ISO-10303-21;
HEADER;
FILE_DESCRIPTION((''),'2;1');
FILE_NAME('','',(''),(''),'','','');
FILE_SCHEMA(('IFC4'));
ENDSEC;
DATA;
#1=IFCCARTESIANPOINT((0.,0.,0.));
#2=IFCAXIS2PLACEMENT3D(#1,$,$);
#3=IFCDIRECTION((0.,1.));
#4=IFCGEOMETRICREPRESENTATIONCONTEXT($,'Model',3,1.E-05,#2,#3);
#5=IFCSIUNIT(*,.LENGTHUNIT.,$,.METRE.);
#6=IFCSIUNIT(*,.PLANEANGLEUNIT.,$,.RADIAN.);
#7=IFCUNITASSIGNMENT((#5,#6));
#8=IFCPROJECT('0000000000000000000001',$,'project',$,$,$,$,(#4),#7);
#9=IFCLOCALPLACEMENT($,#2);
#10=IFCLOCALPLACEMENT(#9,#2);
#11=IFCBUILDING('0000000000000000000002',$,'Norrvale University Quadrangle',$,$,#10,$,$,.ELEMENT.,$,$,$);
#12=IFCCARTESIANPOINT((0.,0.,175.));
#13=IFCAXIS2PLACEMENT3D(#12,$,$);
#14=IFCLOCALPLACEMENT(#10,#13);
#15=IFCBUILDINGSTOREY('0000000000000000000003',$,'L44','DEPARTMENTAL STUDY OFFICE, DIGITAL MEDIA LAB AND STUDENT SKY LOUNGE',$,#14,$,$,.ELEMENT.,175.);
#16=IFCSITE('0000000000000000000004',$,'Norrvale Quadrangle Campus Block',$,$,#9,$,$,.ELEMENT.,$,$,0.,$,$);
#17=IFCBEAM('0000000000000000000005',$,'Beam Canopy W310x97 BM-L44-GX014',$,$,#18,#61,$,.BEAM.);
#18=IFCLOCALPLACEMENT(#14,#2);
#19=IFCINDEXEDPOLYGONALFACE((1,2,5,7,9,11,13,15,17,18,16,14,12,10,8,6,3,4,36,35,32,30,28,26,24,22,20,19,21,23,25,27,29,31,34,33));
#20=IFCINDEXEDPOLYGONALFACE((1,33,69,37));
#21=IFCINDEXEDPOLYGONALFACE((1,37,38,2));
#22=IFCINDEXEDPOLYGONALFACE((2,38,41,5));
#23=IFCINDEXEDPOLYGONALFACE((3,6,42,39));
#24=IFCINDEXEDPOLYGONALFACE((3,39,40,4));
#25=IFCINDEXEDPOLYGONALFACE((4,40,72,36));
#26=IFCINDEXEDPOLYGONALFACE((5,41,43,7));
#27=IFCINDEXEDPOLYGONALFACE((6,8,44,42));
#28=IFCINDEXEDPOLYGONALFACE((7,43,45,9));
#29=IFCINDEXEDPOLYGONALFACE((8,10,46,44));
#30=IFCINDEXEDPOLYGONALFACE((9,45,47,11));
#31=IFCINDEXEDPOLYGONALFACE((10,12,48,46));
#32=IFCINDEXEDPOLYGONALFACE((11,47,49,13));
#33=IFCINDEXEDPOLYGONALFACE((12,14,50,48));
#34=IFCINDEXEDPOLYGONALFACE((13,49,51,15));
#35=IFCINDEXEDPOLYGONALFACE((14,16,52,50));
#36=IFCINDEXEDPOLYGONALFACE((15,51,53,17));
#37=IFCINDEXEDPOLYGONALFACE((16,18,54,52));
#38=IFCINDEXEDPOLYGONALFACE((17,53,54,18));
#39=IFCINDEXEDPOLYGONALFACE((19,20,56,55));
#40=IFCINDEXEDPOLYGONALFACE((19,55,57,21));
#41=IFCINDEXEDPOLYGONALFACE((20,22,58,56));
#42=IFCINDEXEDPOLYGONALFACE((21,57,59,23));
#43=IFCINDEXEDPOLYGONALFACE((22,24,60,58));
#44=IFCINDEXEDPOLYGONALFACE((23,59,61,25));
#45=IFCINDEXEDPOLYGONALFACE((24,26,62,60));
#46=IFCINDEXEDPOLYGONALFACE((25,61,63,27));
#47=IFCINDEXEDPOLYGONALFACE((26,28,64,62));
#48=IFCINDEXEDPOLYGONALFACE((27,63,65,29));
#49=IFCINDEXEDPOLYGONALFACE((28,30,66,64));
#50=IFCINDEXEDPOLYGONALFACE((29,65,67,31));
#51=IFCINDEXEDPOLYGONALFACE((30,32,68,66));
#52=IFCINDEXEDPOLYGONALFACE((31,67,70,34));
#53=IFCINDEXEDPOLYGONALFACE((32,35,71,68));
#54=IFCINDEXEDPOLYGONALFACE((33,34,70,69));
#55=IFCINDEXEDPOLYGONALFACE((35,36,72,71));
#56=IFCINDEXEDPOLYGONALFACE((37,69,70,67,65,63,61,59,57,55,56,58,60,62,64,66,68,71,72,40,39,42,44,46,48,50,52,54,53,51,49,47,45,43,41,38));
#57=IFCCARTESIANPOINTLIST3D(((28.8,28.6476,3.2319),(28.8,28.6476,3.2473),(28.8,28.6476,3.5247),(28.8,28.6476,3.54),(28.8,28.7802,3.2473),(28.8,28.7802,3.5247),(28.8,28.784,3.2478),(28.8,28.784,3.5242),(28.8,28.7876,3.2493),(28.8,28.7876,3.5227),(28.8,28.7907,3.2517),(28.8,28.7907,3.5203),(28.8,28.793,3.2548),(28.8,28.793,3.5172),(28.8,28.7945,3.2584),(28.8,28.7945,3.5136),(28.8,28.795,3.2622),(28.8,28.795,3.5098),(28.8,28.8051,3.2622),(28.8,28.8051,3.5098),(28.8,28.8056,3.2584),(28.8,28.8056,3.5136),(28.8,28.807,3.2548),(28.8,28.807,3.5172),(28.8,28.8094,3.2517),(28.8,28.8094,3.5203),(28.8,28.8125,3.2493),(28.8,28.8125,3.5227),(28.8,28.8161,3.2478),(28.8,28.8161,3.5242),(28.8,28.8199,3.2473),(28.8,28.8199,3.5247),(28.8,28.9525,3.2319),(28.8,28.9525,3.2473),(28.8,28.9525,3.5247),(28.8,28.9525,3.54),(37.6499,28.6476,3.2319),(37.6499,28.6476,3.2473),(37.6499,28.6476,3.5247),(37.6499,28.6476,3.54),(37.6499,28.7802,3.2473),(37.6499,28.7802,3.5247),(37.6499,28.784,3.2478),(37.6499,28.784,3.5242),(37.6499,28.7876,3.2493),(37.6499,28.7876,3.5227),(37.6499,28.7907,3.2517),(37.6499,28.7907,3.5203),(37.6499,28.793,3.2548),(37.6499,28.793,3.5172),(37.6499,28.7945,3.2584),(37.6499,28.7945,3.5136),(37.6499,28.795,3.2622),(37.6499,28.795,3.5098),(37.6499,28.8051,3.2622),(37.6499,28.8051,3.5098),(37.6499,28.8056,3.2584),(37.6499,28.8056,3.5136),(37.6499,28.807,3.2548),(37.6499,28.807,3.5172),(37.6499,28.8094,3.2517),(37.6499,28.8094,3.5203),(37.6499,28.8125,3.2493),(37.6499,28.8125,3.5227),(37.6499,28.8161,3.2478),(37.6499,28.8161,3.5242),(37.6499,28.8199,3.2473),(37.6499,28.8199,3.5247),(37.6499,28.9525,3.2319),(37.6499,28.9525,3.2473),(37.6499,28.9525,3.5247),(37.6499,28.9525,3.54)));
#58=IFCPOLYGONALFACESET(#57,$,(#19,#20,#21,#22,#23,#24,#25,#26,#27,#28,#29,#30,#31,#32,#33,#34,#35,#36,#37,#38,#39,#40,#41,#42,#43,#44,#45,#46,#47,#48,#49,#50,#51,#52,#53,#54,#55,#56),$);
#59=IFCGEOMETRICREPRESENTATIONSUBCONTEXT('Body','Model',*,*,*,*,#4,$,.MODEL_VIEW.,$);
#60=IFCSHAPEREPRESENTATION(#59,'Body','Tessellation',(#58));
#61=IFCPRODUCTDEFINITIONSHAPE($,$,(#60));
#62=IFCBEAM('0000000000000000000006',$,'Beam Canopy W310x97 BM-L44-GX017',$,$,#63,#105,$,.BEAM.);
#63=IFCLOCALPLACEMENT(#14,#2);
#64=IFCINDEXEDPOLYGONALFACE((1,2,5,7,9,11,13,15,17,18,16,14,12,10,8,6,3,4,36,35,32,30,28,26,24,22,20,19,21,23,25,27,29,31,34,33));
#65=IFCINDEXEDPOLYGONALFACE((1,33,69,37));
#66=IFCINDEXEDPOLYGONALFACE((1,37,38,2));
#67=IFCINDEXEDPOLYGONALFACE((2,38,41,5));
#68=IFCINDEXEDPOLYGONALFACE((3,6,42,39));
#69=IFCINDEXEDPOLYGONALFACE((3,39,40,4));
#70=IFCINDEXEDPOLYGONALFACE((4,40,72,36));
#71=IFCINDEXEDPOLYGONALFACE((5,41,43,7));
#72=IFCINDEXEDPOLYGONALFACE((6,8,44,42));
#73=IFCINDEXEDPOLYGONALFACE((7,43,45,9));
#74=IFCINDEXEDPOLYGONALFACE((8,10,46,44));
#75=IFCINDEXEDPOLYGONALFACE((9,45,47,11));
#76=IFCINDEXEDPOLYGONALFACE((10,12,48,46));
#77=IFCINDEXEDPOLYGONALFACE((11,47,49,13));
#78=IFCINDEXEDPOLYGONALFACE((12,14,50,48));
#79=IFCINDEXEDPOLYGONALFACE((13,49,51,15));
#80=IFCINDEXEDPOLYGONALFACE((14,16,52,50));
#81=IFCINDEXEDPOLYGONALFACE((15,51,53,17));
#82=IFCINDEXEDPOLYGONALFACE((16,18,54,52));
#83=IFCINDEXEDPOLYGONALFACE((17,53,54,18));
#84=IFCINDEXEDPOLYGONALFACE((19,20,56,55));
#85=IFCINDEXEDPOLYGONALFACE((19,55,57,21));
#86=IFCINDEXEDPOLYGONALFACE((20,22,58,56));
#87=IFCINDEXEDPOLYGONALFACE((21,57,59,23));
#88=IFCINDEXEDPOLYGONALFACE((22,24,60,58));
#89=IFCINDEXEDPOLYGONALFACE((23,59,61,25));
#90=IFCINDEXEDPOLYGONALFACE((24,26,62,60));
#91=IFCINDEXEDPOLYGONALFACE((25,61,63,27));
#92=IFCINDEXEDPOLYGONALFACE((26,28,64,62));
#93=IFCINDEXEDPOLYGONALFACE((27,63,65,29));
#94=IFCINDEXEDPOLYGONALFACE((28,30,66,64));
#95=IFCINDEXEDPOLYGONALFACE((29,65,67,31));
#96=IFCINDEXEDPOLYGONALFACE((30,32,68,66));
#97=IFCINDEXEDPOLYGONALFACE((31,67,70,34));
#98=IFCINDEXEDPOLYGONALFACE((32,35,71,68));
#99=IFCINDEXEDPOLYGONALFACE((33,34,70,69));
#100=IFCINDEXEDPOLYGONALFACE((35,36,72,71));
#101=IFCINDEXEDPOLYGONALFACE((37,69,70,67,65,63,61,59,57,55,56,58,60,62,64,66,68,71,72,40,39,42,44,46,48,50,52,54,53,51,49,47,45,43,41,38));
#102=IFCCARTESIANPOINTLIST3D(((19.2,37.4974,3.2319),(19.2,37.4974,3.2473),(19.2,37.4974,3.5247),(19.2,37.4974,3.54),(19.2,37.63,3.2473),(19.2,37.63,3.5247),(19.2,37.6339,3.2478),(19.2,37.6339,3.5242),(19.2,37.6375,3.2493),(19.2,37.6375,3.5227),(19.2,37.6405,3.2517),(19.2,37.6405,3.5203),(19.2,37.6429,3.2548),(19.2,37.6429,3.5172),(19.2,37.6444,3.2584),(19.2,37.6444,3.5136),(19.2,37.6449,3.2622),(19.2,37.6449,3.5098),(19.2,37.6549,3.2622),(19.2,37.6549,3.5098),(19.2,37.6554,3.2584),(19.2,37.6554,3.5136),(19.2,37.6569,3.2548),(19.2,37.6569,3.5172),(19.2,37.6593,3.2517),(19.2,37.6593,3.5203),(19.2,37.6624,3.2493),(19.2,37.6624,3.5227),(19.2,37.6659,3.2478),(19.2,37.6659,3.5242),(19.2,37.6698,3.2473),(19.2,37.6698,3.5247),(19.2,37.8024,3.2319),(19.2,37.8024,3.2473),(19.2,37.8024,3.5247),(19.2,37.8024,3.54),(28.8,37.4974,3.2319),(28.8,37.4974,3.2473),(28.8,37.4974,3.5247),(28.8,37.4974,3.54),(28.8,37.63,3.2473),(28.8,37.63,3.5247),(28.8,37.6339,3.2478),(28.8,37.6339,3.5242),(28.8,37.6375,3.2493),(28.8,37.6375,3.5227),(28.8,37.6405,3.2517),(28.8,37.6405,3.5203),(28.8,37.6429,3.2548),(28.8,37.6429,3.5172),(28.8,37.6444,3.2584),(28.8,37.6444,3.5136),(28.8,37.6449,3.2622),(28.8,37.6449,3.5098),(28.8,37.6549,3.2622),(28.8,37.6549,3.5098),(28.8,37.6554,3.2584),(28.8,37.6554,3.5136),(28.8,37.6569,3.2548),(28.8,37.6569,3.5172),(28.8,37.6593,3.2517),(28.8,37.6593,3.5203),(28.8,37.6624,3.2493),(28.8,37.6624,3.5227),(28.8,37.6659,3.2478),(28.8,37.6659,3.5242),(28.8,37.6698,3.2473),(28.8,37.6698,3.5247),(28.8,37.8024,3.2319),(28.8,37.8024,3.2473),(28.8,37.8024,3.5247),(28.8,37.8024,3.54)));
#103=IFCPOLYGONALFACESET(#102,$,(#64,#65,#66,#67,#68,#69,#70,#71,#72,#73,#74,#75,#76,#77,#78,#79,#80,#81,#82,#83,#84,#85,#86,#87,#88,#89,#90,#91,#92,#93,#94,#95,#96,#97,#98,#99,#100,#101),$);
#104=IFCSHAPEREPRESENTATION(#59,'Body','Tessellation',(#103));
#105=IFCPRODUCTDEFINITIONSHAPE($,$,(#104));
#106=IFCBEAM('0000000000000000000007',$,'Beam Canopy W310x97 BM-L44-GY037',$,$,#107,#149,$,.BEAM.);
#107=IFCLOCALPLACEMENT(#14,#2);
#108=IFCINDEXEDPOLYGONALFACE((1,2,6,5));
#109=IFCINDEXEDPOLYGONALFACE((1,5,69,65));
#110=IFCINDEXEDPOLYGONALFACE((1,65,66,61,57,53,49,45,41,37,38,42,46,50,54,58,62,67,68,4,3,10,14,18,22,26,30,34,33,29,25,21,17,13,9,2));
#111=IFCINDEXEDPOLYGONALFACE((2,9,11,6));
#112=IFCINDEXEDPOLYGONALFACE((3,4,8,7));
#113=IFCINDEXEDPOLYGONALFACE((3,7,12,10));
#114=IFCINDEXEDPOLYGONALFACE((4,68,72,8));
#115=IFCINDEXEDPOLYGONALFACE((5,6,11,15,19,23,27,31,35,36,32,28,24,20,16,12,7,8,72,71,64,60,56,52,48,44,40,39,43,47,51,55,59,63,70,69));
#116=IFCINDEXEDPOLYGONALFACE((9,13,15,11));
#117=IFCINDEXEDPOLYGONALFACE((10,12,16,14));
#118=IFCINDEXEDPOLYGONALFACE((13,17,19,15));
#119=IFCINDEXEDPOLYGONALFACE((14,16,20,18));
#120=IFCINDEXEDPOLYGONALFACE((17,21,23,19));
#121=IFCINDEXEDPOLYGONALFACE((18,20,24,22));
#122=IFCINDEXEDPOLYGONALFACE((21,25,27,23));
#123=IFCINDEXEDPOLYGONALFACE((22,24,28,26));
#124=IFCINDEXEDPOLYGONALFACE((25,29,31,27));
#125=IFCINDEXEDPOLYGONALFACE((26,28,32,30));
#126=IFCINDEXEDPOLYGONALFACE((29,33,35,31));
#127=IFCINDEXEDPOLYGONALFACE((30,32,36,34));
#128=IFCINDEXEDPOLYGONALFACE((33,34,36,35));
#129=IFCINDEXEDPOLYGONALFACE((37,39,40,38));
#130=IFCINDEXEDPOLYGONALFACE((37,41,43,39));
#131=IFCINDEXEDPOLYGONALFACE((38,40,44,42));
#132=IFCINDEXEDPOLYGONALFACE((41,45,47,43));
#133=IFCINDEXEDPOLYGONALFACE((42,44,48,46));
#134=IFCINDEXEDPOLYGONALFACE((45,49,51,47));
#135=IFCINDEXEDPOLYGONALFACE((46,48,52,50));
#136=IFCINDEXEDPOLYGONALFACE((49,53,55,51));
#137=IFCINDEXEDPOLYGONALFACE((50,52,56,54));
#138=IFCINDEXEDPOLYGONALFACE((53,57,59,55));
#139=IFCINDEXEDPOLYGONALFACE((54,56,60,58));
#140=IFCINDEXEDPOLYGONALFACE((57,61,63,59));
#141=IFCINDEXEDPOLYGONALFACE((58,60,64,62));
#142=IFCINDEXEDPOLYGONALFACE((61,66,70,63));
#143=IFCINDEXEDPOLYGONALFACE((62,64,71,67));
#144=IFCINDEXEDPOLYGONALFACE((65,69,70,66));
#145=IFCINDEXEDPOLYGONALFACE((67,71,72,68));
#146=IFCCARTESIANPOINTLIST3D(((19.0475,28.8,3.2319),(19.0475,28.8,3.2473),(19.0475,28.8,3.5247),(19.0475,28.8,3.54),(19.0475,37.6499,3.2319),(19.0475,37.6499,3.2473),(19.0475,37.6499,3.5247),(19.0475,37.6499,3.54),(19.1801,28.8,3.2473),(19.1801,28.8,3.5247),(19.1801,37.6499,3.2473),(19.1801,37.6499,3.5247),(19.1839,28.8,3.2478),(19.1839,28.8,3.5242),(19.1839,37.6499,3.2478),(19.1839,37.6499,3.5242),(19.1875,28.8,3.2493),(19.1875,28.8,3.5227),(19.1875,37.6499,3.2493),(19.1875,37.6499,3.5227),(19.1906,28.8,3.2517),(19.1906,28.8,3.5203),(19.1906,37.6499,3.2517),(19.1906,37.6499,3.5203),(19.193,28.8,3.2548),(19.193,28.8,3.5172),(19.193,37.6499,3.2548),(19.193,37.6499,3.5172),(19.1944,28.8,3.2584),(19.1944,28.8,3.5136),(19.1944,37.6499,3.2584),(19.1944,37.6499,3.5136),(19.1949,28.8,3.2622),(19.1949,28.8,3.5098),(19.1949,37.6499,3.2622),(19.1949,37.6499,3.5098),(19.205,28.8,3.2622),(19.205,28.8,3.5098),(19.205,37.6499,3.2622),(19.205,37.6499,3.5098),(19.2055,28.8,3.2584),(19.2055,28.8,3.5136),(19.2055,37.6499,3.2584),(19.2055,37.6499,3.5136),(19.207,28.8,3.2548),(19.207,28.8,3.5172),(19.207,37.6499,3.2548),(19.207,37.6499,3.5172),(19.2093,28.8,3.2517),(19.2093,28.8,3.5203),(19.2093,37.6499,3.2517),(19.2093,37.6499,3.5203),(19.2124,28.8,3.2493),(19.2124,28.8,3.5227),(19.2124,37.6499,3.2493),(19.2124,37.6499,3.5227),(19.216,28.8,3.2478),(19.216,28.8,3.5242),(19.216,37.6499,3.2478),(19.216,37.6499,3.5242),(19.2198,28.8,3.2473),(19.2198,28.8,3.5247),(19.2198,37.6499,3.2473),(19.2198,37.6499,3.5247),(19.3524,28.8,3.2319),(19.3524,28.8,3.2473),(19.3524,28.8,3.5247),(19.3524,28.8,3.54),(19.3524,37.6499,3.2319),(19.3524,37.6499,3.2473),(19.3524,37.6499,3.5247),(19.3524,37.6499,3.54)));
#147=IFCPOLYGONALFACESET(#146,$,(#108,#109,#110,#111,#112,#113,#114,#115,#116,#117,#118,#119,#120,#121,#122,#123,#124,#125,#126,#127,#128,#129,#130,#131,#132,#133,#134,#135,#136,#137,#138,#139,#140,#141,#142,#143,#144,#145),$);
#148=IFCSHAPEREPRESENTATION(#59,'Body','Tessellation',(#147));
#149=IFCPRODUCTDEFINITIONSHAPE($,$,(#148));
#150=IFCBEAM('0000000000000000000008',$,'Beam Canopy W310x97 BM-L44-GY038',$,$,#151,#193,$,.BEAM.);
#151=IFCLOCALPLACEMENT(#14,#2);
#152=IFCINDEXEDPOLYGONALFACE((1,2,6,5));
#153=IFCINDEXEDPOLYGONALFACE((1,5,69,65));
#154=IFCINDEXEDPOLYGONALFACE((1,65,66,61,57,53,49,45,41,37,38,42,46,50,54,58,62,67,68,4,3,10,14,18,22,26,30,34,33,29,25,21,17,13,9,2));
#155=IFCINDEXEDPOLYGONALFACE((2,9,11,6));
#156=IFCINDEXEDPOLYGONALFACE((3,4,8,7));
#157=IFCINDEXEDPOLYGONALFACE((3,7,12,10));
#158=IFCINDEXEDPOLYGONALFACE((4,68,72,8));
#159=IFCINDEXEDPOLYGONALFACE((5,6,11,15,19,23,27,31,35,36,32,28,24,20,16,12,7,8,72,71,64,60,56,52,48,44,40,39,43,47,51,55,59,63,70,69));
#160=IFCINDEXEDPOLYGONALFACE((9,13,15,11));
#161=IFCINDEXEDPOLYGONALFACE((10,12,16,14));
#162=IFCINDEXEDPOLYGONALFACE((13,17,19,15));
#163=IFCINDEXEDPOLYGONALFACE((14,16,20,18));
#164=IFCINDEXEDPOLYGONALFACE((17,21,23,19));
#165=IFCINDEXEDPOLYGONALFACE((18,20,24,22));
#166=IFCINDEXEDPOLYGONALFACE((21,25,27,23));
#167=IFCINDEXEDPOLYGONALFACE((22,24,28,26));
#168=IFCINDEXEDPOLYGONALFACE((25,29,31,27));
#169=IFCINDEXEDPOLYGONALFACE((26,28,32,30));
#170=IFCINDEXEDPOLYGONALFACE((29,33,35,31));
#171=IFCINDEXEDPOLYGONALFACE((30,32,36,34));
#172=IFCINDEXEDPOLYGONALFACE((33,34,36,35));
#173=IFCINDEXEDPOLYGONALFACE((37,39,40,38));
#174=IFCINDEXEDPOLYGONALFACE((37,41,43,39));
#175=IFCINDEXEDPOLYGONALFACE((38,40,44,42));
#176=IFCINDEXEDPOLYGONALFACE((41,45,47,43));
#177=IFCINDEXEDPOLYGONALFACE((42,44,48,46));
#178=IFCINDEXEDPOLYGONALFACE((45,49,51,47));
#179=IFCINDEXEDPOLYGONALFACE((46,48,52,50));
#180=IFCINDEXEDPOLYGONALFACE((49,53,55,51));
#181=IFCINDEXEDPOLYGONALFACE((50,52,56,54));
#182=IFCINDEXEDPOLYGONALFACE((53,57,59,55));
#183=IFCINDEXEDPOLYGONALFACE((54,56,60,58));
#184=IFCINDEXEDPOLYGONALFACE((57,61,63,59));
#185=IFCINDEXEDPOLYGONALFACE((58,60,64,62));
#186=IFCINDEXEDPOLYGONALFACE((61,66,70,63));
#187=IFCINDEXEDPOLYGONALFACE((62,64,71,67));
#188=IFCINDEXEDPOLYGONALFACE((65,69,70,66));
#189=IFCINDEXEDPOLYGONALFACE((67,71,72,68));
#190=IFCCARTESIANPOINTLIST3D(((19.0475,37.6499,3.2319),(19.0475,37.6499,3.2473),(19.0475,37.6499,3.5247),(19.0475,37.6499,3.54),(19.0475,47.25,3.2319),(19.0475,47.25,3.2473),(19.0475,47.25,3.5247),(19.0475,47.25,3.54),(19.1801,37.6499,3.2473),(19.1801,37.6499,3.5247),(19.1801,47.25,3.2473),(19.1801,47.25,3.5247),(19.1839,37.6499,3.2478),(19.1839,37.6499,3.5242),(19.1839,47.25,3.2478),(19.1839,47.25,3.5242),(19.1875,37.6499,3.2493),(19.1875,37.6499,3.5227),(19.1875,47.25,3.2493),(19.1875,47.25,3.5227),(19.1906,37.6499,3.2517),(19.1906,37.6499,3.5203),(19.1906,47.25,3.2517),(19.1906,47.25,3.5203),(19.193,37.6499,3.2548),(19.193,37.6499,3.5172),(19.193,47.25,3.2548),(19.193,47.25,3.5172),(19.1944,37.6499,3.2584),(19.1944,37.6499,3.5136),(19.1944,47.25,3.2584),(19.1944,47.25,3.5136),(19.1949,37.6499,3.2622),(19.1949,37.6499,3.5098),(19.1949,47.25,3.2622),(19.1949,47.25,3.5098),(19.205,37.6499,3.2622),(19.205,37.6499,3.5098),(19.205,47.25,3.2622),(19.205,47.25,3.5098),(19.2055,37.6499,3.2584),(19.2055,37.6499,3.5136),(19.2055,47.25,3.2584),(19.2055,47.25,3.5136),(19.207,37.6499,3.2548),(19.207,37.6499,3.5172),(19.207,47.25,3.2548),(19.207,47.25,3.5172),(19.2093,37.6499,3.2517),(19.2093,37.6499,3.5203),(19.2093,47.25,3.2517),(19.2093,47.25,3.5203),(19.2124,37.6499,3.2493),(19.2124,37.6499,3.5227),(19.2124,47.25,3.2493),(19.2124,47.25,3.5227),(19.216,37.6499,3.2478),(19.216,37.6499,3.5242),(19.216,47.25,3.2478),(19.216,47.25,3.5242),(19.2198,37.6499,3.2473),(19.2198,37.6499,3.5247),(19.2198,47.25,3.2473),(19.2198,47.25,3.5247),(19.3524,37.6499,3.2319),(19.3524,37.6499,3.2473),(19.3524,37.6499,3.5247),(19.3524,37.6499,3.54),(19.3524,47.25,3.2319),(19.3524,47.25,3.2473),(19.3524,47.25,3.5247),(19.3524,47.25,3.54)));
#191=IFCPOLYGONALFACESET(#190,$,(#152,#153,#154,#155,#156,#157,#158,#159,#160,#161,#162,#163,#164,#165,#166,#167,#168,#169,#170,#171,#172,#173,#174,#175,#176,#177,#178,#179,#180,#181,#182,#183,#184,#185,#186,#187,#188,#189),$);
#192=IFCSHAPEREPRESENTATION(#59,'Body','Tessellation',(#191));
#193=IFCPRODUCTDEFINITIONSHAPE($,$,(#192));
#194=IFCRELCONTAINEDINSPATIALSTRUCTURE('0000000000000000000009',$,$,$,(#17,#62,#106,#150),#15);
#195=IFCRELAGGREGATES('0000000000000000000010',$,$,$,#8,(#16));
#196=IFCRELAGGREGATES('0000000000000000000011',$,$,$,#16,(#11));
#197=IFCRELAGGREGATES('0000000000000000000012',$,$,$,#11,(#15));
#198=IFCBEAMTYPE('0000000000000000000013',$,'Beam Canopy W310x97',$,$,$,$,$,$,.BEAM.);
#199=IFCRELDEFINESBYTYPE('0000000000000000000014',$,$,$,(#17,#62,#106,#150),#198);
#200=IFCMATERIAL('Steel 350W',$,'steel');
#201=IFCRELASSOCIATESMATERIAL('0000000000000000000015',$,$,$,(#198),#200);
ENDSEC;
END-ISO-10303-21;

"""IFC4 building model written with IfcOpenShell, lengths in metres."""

from ifc_helpers import new_model, si_unit, direction, frame, origin, origin_2d, place, context, subcontext, project, spatial, i_section, extrude, material, material_profile, profile_set, type_object, element, save


model = new_model("IFC4")

# Units and contexts
model_context = context("Model", 3, precision=1e-05, world=origin(), true_north=direction((0.0, 1.0)))
body_context = subcontext(model_context, "Body", "Model", "MODEL_VIEW")
ifc_project = project(units=[si_unit("LENGTHUNIT", "METRE"), si_unit("PLANEANGLEUNIT", "RADIAN")], contexts=[model_context])

# Site, building, storey
site_placement = place(None, origin())
site = spatial("IfcSite", under=ifc_project, at=site_placement, Name="Norrvale Quadrangle Campus Block", CompositionType="ELEMENT", RefElevation=0.0)
building_placement = place(site_placement, origin())
building = spatial("IfcBuilding", under=site, at=building_placement, Name="Norrvale University Quadrangle", CompositionType="ELEMENT")
storey_placement = place(building_placement, frame((0.0, 0.0, 175.0)))
storey = spatial("IfcBuildingStorey", under=building, at=storey_placement, Name="L44", Description="DEPARTMENTAL STUDY OFFICE, DIGITAL MEDIA LAB AND STUDENT SKY LOUNGE", CompositionType="ELEMENT", Elevation=175.0)

# Beams
ifc_material_1 = material(Name="Steel 350W", Category="steel")
ifc_material_profile_1 = material_profile(ifc_material_1, i_section(OverallWidth=0.3049, OverallDepth=0.3081, WebThickness=0.01, FlangeThickness=0.0154, FilletRadius=0.0149, at=origin_2d()), Name="Steel 350W")
ifc_profile_set_1 = profile_set([ifc_material_profile_1], Name="Steel 350W")
beam_type_1 = type_object("IfcBeamType", Name="Beam Canopy W310x97", PredefinedType="BEAM", material=ifc_profile_set_1)
beam_1_placement = place(storey_placement, frame((28.8, 28.8, 3.386), z_axis=(1.0, 0.0, 0.0), x_axis=(0.0, 1.0, 0.0)))
element("IfcBeam", 1, at=beam_1_placement, inside=storey, type_object=beam_type_1, Name="Beam Canopy W310x97 BM-L44-GX014", PredefinedType="BEAM", context=body_context, shape_type="SweptSolid", body=[
    extrude(i_section(OverallWidth=0.3049, OverallDepth=0.3081, WebThickness=0.01, FlangeThickness=0.0154, FilletRadius=0.0149, at=origin_2d()), origin(), (0.0, 0.0, 1.0), 8.8499),
])
beam_2_placement = place(storey_placement, frame((19.2, 37.6499, 3.386), z_axis=(1.0, 0.0, 0.0), x_axis=(0.0, 1.0, 0.0)))
element("IfcBeam", 2, at=beam_2_placement, inside=storey, type_object=beam_type_1, Name="Beam Canopy W310x97 BM-L44-GX017", PredefinedType="BEAM", context=body_context, shape_type="SweptSolid", body=[
    extrude(i_section(OverallWidth=0.3049, OverallDepth=0.3081, WebThickness=0.01, FlangeThickness=0.0154, FilletRadius=0.0149, at=origin_2d()), origin(), (0.0, 0.0, 1.0), 9.6001),
])
beam_3_placement = place(storey_placement, frame((19.2, 28.8, 3.386), z_axis=(0.0, 1.0, 0.0), x_axis=(-1.0, 0.0, 0.0)))
element("IfcBeam", 3, at=beam_3_placement, inside=storey, type_object=beam_type_1, Name="Beam Canopy W310x97 BM-L44-GY037", PredefinedType="BEAM", context=body_context, shape_type="SweptSolid", body=[
    extrude(i_section(OverallWidth=0.3049, OverallDepth=0.3081, WebThickness=0.01, FlangeThickness=0.0154, FilletRadius=0.0149, at=origin_2d()), origin(), (0.0, 0.0, 1.0), 8.8499),
])
beam_4_placement = place(storey_placement, frame((19.2, 37.6499, 3.386), z_axis=(0.0, 1.0, 0.0), x_axis=(-1.0, 0.0, 0.0)))
element("IfcBeam", 4, at=beam_4_placement, inside=storey, type_object=beam_type_1, Name="Beam Canopy W310x97 BM-L44-GY038", PredefinedType="BEAM", context=body_context, shape_type="SweptSolid", body=[
    extrude(i_section(OverallWidth=0.3049, OverallDepth=0.3081, WebThickness=0.01, FlangeThickness=0.0154, FilletRadius=0.0149, at=origin_2d()), origin(), (0.0, 0.0, 1.0), 9.6001),
])

save(model, "model.ifc")
